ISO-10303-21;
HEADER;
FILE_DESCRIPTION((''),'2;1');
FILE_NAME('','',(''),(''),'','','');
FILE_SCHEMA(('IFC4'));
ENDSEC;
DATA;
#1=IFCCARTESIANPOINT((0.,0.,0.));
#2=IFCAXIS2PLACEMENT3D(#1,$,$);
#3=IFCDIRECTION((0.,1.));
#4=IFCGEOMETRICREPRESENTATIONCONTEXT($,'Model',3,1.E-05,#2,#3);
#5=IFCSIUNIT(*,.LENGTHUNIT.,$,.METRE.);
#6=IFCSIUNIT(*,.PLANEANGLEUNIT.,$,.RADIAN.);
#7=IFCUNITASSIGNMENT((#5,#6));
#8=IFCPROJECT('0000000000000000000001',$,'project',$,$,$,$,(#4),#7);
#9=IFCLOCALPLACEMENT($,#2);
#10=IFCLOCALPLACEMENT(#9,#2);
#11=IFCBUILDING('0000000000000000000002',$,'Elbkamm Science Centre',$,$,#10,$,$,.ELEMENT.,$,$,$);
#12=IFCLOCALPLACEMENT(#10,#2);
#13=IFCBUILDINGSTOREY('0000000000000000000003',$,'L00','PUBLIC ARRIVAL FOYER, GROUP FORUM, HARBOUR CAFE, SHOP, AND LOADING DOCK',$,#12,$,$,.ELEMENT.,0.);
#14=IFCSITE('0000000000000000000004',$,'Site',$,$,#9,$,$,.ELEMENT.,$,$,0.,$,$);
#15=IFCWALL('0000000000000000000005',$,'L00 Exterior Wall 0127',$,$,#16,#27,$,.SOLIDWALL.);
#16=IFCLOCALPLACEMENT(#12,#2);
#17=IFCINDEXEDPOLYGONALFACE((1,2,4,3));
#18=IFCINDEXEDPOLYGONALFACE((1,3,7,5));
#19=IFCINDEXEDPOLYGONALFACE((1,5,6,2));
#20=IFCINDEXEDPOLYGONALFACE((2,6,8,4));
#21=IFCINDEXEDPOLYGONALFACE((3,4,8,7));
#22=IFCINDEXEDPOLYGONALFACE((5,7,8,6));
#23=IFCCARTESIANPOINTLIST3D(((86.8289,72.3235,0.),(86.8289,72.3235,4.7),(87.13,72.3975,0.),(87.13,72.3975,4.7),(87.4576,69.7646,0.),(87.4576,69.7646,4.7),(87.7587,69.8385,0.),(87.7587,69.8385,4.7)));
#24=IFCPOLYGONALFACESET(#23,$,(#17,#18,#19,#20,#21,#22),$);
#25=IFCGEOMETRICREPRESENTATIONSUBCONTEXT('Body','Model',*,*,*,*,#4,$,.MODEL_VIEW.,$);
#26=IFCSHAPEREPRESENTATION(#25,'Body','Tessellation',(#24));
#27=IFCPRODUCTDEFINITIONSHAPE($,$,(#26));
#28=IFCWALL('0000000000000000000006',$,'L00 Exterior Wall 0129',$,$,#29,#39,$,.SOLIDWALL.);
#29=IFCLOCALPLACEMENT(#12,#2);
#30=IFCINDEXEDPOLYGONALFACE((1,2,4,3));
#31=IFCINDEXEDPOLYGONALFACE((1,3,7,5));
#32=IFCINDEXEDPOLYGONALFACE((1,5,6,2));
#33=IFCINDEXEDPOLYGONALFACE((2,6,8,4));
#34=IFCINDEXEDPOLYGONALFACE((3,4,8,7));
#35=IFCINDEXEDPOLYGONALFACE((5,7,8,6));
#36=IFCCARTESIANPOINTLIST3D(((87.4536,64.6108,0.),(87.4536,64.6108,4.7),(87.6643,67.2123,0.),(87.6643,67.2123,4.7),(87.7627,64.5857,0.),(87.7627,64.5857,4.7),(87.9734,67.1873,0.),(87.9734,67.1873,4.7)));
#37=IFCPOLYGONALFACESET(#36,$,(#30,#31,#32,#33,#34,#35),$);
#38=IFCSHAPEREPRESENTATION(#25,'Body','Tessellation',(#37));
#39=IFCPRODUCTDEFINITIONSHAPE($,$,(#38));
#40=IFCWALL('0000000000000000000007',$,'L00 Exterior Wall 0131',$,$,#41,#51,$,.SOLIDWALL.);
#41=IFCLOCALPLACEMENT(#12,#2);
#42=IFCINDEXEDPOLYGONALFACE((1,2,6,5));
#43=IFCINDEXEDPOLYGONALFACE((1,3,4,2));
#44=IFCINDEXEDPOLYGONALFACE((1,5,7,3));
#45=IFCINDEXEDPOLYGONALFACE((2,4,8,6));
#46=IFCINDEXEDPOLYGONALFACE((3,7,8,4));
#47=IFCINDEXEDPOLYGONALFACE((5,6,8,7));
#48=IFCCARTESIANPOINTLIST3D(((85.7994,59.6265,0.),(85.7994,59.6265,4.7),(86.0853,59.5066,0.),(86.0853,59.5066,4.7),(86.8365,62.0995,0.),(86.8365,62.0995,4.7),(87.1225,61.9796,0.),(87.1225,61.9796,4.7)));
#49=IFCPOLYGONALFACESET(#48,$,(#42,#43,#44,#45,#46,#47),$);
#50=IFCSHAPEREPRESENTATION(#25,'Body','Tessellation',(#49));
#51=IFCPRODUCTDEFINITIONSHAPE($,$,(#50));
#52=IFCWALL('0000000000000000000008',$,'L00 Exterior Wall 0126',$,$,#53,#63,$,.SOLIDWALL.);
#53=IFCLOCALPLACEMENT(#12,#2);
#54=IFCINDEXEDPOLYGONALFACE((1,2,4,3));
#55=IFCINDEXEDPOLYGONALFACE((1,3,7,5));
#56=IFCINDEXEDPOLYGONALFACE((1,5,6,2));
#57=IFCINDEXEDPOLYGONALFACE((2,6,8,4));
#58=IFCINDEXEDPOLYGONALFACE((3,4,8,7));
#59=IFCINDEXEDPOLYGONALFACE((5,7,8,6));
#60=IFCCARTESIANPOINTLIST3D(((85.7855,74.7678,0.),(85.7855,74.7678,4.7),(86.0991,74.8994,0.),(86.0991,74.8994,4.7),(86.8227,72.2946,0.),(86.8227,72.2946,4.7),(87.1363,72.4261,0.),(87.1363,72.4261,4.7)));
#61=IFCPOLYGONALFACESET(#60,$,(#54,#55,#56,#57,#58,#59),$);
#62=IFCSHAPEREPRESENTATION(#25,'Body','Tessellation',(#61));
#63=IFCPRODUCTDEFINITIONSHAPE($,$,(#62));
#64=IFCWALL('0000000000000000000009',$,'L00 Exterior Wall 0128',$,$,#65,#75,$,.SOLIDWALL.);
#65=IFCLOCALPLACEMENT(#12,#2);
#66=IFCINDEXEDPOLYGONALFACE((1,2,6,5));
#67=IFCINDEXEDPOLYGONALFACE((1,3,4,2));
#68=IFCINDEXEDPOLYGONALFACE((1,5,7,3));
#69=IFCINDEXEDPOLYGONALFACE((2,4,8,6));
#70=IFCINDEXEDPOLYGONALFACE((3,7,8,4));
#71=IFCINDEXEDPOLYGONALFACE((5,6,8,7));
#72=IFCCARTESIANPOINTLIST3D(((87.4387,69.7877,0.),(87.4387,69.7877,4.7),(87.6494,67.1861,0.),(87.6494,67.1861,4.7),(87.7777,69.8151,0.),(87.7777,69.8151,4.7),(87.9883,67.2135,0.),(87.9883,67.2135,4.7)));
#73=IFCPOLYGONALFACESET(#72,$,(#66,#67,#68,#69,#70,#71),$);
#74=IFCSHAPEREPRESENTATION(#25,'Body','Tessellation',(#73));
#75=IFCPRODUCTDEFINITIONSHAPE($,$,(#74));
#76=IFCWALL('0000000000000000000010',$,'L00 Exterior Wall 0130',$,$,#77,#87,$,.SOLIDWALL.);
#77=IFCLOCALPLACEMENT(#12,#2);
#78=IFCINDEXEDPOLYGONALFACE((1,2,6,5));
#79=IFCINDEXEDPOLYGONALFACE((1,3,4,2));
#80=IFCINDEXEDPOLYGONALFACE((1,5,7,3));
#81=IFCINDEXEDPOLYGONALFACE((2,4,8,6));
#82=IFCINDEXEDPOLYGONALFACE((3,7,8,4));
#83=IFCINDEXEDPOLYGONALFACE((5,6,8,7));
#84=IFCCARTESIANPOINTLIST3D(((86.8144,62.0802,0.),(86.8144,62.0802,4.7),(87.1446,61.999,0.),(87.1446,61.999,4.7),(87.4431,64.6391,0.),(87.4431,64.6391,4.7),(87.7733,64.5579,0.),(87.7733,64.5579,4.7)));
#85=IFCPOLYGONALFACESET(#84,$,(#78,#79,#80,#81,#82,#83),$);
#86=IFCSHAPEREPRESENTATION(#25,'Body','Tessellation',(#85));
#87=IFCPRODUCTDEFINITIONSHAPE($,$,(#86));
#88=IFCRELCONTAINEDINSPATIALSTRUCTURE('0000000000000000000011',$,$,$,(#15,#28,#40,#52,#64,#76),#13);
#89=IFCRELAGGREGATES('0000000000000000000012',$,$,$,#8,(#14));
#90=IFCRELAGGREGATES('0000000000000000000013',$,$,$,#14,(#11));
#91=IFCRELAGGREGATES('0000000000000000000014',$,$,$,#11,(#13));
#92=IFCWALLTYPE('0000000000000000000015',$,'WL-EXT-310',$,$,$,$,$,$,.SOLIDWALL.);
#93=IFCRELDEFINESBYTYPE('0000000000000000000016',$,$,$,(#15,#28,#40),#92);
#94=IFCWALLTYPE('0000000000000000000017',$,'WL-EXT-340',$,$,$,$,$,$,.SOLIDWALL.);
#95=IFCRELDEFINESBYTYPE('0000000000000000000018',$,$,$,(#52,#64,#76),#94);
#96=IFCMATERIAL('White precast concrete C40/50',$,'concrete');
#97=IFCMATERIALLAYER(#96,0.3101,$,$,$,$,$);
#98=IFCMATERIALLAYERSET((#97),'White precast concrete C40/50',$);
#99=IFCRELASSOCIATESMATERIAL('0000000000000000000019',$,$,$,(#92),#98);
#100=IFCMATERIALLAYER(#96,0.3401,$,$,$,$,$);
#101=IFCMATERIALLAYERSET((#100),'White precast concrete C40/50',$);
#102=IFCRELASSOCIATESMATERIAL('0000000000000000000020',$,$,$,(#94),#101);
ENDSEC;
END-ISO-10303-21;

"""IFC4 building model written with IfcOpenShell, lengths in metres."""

from ifc_helpers import new_model, si_unit, direction, frame, frame_2d, origin, place, context, subcontext, project, spatial, rectangle, extrude, material, layer, layer_set, type_object, element, save


model = new_model("IFC4")

# Units and contexts
model_context = context("Model", 3, precision=1e-05, world=origin(), true_north=direction((0.0, 1.0)))
body_context = subcontext(model_context, "Body", "Model", "MODEL_VIEW")
ifc_project = project(units=[si_unit("LENGTHUNIT", "METRE"), si_unit("PLANEANGLEUNIT", "RADIAN")], contexts=[model_context])

# Site, building, storey
site_placement = place(None, origin())
site = spatial("IfcSite", under=ifc_project, at=site_placement, Name="Site", CompositionType="ELEMENT", RefElevation=0.0)
building_placement = place(site_placement, origin())
building = spatial("IfcBuilding", under=site, at=building_placement, Name="Elbkamm Science Centre", CompositionType="ELEMENT")
storey_placement = place(building_placement, origin())
storey = spatial("IfcBuildingStorey", under=building, at=storey_placement, Name="L00", Description="PUBLIC ARRIVAL FOYER, GROUP FORUM, HARBOUR CAFE, SHOP, AND LOADING DOCK", CompositionType="ELEMENT", Elevation=0.0)

# Walls
ifc_material_1 = material(Name="White precast concrete C40/50", Category="concrete")
ifc_layer_1 = layer(ifc_material_1, 0.3101)
ifc_layer_set_1 = layer_set([ifc_layer_1], Name="White precast concrete C40/50")
wall_type_1 = type_object("IfcWallType", Name="WL-EXT-310", PredefinedType="SOLIDWALL", material=ifc_layer_set_1)
wall_1_placement = place(storey_placement, frame((86.9795, 72.3604, 0.0), z_axis=(0.0, 0.0, 1.0), x_axis=(0.238588, -0.971121, 0.0)))
element("IfcWall", 1, at=wall_1_placement, inside=storey, type_object=wall_type_1, Name="L00 Exterior Wall 0127", PredefinedType="SOLIDWALL", context=body_context, shape_type="SweptSolid", body=[
    extrude(rectangle(XDim=2.635, YDim=0.3101, at=frame_2d((1.3174, 0.0))), origin(), (0.0, 0.0, 1.0), 4.7),
])
wall_2_placement = place(storey_placement, frame((87.8188, 67.2, 0.0), z_axis=(0.0, 0.0, 1.0), x_axis=(-0.080723, -0.996737, 0.0)))
element("IfcWall", 2, at=wall_2_placement, inside=storey, type_object=wall_type_1, Name="L00 Exterior Wall 0129", PredefinedType="SOLIDWALL", context=body_context, shape_type="SweptSolid", body=[
    extrude(rectangle(XDim=2.6101, YDim=0.3101, at=frame_2d((1.3052, 0.0))), origin(), (0.0, 0.0, 1.0), 4.7),
])
wall_3_placement = place(storey_placement, frame((86.9795, 62.0396, 0.0), z_axis=(0.0, 0.0, 1.0), x_axis=(-0.386754, -0.922183, 0.0)))
element("IfcWall", 3, at=wall_3_placement, inside=storey, type_object=wall_type_1, Name="L00 Exterior Wall 0131", PredefinedType="SOLIDWALL", context=body_context, shape_type="SweptSolid", body=[
    extrude(rectangle(XDim=2.6816, YDim=0.3101, at=frame_2d((1.3408, 0.0))), origin(), (0.0, 0.0, 1.0), 4.7),
])
ifc_layer_2 = layer(ifc_material_1, 0.3401)
ifc_layer_set_2 = layer_set([ifc_layer_2], Name="White precast concrete C40/50")
wall_type_2 = type_object("IfcWallType", Name="WL-EXT-340", PredefinedType="SOLIDWALL", material=ifc_layer_set_2)
wall_4_placement = place(storey_placement, frame((85.9424, 74.8335, 0.0), z_axis=(0.0, 0.0, 1.0), x_axis=(0.386722, -0.922196, 0.0)))
element("IfcWall", 4, at=wall_4_placement, inside=storey, type_object=wall_type_2, Name="L00 Exterior Wall 0126", PredefinedType="SOLIDWALL", context=body_context, shape_type="SweptSolid", body=[
    extrude(rectangle(XDim=2.6819, YDim=0.3401, at=frame_2d((1.3408, 0.0))), origin(), (0.0, 0.0, 1.0), 4.7),
])
wall_5_placement = place(storey_placement, frame((87.6082, 69.8015, 0.0), z_axis=(0.0, 0.0, 1.0), x_axis=(0.080723, -0.996737, 0.0)))
element("IfcWall", 5, at=wall_5_placement, inside=storey, type_object=wall_type_2, Name="L00 Exterior Wall 0128", PredefinedType="SOLIDWALL", context=body_context, shape_type="SweptSolid", body=[
    extrude(rectangle(XDim=2.6101, YDim=0.3401, at=frame_2d((1.3052, 0.0))), origin(), (0.0, 0.0, 1.0), 4.7),
])
wall_6_placement = place(storey_placement, frame((87.6082, 64.5984, 0.0), z_axis=(0.0, 0.0, 1.0), x_axis=(-0.238588, -0.971121, 0.0)))
element("IfcWall", 6, at=wall_6_placement, inside=storey, type_object=wall_type_2, Name="L00 Exterior Wall 0130", PredefinedType="SOLIDWALL", context=body_context, shape_type="SweptSolid", body=[
    extrude(rectangle(XDim=2.635, YDim=0.3401, at=frame_2d((1.3174, 0.0))), origin(), (0.0, 0.0, 1.0), 4.7),
])

save(model, "model.ifc")
